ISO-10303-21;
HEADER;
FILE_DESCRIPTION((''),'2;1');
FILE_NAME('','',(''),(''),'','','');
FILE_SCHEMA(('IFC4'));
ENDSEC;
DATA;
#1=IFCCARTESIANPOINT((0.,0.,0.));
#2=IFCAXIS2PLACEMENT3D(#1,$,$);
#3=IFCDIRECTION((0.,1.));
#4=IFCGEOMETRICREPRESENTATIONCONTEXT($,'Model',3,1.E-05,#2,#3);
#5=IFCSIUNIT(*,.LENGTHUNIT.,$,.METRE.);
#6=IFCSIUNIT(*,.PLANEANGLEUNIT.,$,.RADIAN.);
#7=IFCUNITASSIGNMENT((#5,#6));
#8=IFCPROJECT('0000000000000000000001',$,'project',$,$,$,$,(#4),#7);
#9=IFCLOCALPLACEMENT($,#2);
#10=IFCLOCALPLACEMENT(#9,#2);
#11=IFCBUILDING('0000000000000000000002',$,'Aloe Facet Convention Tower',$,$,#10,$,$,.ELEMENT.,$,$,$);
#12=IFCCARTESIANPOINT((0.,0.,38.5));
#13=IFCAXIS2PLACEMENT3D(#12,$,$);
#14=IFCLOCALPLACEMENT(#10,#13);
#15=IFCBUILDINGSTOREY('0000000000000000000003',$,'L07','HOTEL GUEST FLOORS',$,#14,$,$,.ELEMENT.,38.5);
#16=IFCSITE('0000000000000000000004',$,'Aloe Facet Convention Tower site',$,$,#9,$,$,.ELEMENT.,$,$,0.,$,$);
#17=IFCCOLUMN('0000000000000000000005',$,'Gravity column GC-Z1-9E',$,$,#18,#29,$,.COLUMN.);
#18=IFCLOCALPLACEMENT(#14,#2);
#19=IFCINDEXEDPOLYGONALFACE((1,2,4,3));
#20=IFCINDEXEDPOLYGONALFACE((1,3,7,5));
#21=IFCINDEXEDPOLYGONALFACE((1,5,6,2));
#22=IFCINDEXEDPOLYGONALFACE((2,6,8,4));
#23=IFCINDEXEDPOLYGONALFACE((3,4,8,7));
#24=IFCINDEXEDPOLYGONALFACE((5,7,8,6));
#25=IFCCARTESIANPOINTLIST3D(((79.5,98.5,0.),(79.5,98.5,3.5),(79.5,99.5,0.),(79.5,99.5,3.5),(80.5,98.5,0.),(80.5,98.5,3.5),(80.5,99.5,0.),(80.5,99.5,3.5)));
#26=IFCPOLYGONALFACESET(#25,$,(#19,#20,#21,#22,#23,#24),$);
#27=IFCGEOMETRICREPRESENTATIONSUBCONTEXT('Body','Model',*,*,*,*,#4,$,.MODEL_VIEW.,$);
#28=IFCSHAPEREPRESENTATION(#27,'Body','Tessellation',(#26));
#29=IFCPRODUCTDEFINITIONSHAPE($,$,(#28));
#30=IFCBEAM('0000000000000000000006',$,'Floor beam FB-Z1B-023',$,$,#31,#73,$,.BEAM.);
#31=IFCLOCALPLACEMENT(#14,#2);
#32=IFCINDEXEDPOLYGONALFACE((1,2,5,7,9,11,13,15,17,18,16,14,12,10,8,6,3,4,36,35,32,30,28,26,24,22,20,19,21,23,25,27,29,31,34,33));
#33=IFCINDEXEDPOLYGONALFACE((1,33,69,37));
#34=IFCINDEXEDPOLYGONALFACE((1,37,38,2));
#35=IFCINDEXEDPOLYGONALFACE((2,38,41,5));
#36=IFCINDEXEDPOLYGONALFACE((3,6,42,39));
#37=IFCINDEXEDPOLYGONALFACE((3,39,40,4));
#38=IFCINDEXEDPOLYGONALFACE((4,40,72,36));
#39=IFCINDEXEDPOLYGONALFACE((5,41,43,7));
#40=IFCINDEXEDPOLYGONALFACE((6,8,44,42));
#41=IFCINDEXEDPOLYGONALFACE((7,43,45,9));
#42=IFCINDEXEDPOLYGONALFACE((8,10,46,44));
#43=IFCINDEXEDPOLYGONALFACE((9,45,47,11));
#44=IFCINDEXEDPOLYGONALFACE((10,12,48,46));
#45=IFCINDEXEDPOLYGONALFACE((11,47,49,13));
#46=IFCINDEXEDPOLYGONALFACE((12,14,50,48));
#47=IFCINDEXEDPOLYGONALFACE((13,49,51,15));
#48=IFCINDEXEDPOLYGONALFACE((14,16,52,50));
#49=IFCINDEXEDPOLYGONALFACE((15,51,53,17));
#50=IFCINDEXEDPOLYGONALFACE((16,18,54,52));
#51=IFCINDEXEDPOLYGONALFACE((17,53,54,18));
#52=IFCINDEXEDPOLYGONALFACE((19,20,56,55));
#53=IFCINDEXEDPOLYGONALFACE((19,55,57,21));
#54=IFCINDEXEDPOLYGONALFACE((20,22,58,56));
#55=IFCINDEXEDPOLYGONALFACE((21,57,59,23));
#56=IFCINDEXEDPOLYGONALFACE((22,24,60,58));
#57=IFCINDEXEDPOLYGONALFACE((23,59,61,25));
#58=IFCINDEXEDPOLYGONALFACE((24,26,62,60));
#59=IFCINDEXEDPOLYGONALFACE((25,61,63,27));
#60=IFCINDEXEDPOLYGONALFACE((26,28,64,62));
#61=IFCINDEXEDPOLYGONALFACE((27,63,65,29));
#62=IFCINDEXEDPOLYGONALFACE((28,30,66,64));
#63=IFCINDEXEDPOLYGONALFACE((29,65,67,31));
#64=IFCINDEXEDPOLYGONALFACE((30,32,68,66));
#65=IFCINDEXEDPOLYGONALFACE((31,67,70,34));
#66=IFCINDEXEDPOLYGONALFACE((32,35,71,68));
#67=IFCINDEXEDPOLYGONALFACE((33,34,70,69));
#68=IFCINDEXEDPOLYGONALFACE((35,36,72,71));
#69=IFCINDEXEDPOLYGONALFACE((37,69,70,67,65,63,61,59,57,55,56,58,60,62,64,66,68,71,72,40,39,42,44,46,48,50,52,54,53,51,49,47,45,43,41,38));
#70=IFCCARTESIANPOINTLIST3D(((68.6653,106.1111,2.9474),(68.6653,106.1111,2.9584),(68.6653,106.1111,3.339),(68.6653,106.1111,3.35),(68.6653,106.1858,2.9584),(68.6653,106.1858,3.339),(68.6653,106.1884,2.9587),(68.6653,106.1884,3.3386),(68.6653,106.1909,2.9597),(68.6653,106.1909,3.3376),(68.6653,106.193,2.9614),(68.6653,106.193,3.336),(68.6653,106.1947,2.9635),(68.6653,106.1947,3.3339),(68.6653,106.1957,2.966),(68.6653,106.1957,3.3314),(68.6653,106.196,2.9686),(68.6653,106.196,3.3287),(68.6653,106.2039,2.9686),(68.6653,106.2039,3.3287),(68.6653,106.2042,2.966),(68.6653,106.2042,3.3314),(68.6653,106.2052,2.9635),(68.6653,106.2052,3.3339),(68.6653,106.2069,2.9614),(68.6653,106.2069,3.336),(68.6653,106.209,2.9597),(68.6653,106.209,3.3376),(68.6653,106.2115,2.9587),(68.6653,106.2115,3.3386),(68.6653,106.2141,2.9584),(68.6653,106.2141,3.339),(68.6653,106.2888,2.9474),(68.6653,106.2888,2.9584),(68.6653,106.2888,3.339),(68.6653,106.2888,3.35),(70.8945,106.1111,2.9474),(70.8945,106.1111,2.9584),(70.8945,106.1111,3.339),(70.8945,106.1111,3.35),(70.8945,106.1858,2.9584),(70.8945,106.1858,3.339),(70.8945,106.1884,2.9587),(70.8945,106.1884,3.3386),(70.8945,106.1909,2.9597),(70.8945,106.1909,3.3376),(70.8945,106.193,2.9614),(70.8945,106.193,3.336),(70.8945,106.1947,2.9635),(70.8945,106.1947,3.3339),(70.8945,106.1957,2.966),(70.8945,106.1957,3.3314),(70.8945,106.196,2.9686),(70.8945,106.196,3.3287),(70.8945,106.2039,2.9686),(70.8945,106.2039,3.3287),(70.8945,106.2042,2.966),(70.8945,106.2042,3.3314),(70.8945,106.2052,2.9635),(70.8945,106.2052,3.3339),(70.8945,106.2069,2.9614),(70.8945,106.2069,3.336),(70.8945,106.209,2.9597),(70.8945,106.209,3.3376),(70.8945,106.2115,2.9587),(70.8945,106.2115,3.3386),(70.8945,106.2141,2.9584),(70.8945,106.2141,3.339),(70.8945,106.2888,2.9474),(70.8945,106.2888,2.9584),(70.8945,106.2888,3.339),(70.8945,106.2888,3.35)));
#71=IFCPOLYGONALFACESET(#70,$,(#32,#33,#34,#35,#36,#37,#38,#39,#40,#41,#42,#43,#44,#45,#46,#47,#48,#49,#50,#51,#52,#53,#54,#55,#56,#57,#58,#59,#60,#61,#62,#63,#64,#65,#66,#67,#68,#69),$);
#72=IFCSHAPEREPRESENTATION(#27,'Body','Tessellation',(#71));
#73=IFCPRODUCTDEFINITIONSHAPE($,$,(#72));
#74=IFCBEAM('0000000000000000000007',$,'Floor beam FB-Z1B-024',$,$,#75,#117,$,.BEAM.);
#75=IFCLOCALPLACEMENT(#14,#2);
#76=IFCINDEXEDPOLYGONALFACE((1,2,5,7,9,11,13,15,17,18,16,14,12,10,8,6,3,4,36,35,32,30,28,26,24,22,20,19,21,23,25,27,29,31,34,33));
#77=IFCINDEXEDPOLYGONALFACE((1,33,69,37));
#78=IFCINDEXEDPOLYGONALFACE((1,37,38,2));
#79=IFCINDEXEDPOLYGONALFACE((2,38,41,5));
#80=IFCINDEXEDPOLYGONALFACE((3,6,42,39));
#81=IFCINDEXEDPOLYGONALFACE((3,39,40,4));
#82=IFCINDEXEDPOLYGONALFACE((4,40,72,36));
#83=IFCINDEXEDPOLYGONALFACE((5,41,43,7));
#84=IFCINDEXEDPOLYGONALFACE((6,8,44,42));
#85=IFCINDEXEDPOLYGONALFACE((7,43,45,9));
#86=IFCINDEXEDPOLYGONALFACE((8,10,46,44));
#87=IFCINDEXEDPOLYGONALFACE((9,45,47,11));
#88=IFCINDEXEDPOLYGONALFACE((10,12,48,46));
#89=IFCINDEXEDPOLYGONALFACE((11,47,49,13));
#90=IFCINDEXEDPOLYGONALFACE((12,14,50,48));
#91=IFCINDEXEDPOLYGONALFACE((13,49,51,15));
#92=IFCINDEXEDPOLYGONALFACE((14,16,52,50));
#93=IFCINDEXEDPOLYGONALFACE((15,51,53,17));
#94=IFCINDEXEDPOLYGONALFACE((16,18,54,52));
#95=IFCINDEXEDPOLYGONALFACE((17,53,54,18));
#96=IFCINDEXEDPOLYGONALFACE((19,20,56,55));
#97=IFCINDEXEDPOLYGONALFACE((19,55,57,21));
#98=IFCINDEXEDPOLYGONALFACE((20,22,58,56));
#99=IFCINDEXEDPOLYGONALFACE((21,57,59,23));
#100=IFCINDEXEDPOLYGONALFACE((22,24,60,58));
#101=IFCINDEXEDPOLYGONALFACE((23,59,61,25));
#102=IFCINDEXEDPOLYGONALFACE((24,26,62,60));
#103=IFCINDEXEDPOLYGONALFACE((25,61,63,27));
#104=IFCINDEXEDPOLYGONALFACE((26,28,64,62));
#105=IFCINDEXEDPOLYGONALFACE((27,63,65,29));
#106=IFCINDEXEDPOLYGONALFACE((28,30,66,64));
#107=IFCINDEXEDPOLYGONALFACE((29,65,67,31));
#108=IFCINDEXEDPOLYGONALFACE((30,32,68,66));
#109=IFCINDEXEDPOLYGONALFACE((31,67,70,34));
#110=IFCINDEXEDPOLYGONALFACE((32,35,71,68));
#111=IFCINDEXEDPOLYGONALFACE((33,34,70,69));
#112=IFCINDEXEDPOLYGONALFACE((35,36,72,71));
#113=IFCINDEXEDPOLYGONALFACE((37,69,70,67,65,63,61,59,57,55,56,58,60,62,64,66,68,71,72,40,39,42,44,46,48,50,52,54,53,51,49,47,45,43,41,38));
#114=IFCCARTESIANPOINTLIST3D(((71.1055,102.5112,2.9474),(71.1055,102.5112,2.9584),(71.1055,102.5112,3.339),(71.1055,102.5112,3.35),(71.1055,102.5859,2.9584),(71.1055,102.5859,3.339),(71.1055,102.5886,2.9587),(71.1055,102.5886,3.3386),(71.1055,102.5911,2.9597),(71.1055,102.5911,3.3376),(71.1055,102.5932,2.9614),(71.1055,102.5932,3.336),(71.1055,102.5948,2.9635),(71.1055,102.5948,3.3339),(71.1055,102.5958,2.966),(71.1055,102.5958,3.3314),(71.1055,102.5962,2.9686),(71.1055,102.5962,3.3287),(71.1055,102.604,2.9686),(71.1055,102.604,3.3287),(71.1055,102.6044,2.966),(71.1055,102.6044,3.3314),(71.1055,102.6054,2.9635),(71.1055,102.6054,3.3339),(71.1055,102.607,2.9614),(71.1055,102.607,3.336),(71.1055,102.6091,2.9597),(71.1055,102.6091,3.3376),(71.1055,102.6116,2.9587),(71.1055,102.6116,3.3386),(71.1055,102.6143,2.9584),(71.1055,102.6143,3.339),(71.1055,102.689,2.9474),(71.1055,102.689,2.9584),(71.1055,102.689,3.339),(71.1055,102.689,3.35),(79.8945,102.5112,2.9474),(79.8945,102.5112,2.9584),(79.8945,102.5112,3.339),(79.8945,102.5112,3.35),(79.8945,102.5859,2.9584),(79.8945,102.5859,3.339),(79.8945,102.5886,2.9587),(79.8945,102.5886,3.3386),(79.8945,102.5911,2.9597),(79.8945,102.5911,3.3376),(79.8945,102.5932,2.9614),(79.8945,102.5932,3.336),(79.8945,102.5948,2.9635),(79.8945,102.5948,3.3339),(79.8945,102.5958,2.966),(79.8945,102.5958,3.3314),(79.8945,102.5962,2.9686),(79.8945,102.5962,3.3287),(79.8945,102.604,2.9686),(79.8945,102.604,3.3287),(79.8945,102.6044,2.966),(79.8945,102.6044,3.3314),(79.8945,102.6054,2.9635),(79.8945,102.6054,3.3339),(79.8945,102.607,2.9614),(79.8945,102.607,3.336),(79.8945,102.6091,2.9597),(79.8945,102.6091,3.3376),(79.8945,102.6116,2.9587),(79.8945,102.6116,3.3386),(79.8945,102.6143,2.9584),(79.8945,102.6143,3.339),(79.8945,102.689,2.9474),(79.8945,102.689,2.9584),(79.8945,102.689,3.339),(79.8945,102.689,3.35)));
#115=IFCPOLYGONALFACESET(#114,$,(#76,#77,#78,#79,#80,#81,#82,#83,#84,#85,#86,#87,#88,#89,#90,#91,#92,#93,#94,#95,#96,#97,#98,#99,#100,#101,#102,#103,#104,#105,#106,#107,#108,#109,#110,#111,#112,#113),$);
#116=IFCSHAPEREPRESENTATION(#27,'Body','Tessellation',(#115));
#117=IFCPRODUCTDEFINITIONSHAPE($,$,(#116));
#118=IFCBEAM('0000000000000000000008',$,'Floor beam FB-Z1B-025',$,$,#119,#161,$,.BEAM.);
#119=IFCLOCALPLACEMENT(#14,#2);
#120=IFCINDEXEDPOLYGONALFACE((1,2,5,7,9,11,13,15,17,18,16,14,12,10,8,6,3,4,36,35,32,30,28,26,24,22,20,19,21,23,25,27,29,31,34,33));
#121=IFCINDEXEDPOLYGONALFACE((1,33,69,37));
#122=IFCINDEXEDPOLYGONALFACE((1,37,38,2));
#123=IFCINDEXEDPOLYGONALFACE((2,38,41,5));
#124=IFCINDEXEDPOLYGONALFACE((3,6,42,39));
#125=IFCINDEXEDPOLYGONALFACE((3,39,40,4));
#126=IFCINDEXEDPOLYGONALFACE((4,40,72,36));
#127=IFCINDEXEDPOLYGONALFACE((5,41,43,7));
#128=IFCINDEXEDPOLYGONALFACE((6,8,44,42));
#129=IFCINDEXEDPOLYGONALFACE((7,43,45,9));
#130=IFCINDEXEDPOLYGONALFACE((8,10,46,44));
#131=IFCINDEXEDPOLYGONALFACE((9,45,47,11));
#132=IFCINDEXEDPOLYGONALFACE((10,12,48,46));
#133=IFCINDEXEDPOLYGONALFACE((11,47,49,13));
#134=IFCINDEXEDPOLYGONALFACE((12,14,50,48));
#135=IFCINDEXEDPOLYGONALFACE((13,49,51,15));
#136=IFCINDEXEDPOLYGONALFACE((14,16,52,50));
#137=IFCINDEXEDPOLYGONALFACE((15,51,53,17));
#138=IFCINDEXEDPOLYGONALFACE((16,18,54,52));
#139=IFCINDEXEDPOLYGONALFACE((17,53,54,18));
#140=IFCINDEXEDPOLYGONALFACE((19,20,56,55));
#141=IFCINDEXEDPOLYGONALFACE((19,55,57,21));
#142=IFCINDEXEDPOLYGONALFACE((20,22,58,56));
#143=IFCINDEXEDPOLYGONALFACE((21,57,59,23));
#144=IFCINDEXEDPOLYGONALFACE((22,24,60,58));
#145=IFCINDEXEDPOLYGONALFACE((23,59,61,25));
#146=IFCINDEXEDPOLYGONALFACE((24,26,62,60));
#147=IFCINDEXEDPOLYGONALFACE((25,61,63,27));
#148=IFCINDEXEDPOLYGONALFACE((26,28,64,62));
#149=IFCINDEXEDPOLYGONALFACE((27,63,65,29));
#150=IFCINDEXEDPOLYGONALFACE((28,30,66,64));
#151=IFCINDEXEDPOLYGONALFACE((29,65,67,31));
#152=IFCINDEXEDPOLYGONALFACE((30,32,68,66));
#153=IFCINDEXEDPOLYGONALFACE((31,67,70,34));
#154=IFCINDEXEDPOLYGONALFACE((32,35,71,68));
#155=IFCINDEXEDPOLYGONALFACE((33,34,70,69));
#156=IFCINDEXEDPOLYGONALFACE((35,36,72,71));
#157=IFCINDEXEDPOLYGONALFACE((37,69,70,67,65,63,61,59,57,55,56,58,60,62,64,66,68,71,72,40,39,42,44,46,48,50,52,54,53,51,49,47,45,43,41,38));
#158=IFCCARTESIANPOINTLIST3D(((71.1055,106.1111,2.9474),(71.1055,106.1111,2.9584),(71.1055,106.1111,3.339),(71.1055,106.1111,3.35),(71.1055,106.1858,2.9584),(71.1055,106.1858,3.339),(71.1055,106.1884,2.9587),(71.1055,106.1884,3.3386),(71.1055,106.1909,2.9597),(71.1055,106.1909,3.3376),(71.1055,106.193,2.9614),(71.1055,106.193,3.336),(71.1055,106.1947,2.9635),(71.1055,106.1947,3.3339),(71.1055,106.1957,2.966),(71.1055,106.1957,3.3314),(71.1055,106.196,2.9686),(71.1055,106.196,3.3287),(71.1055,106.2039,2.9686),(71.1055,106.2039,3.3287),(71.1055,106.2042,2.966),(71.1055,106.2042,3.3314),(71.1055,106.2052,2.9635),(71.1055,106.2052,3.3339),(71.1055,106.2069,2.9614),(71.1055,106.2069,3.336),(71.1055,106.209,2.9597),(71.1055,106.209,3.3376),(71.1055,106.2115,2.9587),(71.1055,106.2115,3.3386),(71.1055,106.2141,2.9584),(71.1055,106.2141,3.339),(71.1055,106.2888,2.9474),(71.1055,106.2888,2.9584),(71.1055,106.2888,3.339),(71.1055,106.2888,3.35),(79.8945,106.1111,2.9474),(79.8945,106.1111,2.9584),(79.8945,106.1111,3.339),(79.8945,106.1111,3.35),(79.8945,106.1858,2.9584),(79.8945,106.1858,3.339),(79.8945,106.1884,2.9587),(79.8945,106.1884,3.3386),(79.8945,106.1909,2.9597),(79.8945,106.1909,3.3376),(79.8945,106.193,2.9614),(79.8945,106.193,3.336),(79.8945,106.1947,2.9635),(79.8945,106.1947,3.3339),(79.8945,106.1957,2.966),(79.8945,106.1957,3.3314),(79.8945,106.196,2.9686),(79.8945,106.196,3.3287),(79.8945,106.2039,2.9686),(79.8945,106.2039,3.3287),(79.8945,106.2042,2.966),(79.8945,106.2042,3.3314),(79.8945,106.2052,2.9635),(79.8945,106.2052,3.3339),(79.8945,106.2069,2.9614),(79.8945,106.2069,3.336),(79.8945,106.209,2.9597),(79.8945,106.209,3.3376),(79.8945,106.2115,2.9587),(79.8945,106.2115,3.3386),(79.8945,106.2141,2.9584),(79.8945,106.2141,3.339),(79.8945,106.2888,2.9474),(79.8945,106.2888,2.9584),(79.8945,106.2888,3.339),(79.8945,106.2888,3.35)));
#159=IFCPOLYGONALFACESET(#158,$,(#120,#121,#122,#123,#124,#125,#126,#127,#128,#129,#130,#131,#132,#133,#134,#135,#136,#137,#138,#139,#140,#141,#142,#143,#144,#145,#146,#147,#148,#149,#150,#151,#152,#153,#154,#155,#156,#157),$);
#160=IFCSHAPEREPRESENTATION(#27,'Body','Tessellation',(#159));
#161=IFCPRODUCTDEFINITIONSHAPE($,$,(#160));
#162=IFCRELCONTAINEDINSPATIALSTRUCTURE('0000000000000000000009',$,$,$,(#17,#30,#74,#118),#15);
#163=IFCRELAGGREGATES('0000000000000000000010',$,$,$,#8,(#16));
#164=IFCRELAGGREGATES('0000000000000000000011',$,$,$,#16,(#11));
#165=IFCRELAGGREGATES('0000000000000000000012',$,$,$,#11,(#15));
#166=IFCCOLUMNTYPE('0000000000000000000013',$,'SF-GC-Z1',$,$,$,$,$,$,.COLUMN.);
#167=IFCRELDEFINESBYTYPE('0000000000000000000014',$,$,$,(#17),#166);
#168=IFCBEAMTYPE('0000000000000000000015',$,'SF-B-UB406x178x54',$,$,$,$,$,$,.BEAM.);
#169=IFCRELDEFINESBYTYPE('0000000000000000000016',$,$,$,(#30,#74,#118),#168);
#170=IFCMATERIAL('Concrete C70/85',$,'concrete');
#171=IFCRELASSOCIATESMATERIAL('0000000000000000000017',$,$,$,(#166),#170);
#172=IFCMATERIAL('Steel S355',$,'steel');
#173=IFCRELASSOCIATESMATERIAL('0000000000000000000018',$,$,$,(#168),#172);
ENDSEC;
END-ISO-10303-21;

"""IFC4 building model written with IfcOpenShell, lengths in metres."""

from ifc_helpers import new_model, si_unit, direction, frame, origin, origin_2d, place, context, subcontext, project, spatial, rectangle, i_section, extrude, material, material_profile, profile_set, type_object, element, save


model = new_model("IFC4")

# Units and contexts
model_context = context("Model", 3, precision=1e-05, world=origin(), true_north=direction((0.0, 1.0)))
body_context = subcontext(model_context, "Body", "Model", "MODEL_VIEW")
ifc_project = project(units=[si_unit("LENGTHUNIT", "METRE"), si_unit("PLANEANGLEUNIT", "RADIAN")], contexts=[model_context])

# Site, building, storey
site_placement = place(None, origin())
site = spatial("IfcSite", under=ifc_project, at=site_placement, Name="Aloe Facet Convention Tower site", CompositionType="ELEMENT", RefElevation=0.0)
building_placement = place(site_placement, origin())
building = spatial("IfcBuilding", under=site, at=building_placement, Name="Aloe Facet Convention Tower", CompositionType="ELEMENT")
storey_placement = place(building_placement, frame((0.0, 0.0, 38.5)))
storey = spatial("IfcBuildingStorey", under=building, at=storey_placement, Name="L07", Description="HOTEL GUEST FLOORS", CompositionType="ELEMENT", Elevation=38.5)

# Column
ifc_material_1 = material(Name="Concrete C70/85", Category="concrete")
ifc_material_profile_1 = material_profile(ifc_material_1, rectangle(XDim=1.0, YDim=1.0, at=origin_2d()), Name="SF-GC-Z1")
ifc_profile_set_1 = profile_set([ifc_material_profile_1], Name="Concrete C70/85")
column_type = type_object("IfcColumnType", Name="SF-GC-Z1", PredefinedType="COLUMN", material=ifc_profile_set_1)
column_placement = place(storey_placement, frame((80.0, 99.0, 0.0), z_axis=(0.0, 0.0, 1.0), x_axis=(1.0, 0.0, 0.0)))
element("IfcColumn", 1, at=column_placement, inside=storey, type_object=column_type, Name="Gravity column GC-Z1-9E", PredefinedType="COLUMN", context=body_context, shape_type="SweptSolid", body=[
    extrude(rectangle(XDim=1.0, YDim=1.0, at=origin_2d()), origin(), (0.0, 0.0, 1.0), 3.5),
])

# Beams
ifc_material_2 = material(Name="Steel S355", Category="steel")
ifc_material_profile_2 = material_profile(ifc_material_2, i_section(OverallWidth=0.1777, OverallDepth=0.4026, WebThickness=0.0078, FlangeThickness=0.011, FilletRadius=0.0103, at=origin_2d()), Name="UB 406x178x54")
ifc_profile_set_2 = profile_set([ifc_material_profile_2], Name="Steel S355")
beam_type_1 = type_object("IfcBeamType", Name="SF-B-UB406x178x54", PredefinedType="BEAM", material=ifc_profile_set_2)
beam_1_placement = place(storey_placement, frame((68.6653, 106.2, 3.1487), z_axis=(1.0, 0.0, 0.0), x_axis=(0.0, 1.0, 0.0)))
element("IfcBeam", 2, at=beam_1_placement, inside=storey, type_object=beam_type_1, Name="Floor beam FB-Z1B-023", PredefinedType="BEAM", context=body_context, shape_type="SweptSolid", body=[
    extrude(i_section(OverallWidth=0.1777, OverallDepth=0.4026, WebThickness=0.0078, FlangeThickness=0.011, FilletRadius=0.0103, at=origin_2d()), origin(), (0.0, 0.0, 1.0), 2.2292),
])
for number, where, z_axis, x_axis, name in (
    (3, (71.1055, 102.6001, 3.1487), (1.0, 0.0, 0.0), (0.0, 1.0, 0.0), "Floor beam FB-Z1B-024"),
    (4, (71.1055, 106.2, 3.1487), (1.0, 0.0, 0.0), (0.0, 1.0, 0.0), "Floor beam FB-Z1B-025"),
):
    element("IfcBeam", number, at=place(storey_placement, frame(where, z_axis=z_axis, x_axis=x_axis)), inside=storey, type_object=beam_type_1, Name=name, PredefinedType="BEAM", context=body_context, shape_type="SweptSolid", body=[
        extrude(i_section(OverallWidth=0.1777, OverallDepth=0.4026, WebThickness=0.0078, FlangeThickness=0.011, FilletRadius=0.0103, at=origin_2d()), origin(), (0.0, 0.0, 1.0), 8.7891),
    ])

save(model, "model.ifc")
